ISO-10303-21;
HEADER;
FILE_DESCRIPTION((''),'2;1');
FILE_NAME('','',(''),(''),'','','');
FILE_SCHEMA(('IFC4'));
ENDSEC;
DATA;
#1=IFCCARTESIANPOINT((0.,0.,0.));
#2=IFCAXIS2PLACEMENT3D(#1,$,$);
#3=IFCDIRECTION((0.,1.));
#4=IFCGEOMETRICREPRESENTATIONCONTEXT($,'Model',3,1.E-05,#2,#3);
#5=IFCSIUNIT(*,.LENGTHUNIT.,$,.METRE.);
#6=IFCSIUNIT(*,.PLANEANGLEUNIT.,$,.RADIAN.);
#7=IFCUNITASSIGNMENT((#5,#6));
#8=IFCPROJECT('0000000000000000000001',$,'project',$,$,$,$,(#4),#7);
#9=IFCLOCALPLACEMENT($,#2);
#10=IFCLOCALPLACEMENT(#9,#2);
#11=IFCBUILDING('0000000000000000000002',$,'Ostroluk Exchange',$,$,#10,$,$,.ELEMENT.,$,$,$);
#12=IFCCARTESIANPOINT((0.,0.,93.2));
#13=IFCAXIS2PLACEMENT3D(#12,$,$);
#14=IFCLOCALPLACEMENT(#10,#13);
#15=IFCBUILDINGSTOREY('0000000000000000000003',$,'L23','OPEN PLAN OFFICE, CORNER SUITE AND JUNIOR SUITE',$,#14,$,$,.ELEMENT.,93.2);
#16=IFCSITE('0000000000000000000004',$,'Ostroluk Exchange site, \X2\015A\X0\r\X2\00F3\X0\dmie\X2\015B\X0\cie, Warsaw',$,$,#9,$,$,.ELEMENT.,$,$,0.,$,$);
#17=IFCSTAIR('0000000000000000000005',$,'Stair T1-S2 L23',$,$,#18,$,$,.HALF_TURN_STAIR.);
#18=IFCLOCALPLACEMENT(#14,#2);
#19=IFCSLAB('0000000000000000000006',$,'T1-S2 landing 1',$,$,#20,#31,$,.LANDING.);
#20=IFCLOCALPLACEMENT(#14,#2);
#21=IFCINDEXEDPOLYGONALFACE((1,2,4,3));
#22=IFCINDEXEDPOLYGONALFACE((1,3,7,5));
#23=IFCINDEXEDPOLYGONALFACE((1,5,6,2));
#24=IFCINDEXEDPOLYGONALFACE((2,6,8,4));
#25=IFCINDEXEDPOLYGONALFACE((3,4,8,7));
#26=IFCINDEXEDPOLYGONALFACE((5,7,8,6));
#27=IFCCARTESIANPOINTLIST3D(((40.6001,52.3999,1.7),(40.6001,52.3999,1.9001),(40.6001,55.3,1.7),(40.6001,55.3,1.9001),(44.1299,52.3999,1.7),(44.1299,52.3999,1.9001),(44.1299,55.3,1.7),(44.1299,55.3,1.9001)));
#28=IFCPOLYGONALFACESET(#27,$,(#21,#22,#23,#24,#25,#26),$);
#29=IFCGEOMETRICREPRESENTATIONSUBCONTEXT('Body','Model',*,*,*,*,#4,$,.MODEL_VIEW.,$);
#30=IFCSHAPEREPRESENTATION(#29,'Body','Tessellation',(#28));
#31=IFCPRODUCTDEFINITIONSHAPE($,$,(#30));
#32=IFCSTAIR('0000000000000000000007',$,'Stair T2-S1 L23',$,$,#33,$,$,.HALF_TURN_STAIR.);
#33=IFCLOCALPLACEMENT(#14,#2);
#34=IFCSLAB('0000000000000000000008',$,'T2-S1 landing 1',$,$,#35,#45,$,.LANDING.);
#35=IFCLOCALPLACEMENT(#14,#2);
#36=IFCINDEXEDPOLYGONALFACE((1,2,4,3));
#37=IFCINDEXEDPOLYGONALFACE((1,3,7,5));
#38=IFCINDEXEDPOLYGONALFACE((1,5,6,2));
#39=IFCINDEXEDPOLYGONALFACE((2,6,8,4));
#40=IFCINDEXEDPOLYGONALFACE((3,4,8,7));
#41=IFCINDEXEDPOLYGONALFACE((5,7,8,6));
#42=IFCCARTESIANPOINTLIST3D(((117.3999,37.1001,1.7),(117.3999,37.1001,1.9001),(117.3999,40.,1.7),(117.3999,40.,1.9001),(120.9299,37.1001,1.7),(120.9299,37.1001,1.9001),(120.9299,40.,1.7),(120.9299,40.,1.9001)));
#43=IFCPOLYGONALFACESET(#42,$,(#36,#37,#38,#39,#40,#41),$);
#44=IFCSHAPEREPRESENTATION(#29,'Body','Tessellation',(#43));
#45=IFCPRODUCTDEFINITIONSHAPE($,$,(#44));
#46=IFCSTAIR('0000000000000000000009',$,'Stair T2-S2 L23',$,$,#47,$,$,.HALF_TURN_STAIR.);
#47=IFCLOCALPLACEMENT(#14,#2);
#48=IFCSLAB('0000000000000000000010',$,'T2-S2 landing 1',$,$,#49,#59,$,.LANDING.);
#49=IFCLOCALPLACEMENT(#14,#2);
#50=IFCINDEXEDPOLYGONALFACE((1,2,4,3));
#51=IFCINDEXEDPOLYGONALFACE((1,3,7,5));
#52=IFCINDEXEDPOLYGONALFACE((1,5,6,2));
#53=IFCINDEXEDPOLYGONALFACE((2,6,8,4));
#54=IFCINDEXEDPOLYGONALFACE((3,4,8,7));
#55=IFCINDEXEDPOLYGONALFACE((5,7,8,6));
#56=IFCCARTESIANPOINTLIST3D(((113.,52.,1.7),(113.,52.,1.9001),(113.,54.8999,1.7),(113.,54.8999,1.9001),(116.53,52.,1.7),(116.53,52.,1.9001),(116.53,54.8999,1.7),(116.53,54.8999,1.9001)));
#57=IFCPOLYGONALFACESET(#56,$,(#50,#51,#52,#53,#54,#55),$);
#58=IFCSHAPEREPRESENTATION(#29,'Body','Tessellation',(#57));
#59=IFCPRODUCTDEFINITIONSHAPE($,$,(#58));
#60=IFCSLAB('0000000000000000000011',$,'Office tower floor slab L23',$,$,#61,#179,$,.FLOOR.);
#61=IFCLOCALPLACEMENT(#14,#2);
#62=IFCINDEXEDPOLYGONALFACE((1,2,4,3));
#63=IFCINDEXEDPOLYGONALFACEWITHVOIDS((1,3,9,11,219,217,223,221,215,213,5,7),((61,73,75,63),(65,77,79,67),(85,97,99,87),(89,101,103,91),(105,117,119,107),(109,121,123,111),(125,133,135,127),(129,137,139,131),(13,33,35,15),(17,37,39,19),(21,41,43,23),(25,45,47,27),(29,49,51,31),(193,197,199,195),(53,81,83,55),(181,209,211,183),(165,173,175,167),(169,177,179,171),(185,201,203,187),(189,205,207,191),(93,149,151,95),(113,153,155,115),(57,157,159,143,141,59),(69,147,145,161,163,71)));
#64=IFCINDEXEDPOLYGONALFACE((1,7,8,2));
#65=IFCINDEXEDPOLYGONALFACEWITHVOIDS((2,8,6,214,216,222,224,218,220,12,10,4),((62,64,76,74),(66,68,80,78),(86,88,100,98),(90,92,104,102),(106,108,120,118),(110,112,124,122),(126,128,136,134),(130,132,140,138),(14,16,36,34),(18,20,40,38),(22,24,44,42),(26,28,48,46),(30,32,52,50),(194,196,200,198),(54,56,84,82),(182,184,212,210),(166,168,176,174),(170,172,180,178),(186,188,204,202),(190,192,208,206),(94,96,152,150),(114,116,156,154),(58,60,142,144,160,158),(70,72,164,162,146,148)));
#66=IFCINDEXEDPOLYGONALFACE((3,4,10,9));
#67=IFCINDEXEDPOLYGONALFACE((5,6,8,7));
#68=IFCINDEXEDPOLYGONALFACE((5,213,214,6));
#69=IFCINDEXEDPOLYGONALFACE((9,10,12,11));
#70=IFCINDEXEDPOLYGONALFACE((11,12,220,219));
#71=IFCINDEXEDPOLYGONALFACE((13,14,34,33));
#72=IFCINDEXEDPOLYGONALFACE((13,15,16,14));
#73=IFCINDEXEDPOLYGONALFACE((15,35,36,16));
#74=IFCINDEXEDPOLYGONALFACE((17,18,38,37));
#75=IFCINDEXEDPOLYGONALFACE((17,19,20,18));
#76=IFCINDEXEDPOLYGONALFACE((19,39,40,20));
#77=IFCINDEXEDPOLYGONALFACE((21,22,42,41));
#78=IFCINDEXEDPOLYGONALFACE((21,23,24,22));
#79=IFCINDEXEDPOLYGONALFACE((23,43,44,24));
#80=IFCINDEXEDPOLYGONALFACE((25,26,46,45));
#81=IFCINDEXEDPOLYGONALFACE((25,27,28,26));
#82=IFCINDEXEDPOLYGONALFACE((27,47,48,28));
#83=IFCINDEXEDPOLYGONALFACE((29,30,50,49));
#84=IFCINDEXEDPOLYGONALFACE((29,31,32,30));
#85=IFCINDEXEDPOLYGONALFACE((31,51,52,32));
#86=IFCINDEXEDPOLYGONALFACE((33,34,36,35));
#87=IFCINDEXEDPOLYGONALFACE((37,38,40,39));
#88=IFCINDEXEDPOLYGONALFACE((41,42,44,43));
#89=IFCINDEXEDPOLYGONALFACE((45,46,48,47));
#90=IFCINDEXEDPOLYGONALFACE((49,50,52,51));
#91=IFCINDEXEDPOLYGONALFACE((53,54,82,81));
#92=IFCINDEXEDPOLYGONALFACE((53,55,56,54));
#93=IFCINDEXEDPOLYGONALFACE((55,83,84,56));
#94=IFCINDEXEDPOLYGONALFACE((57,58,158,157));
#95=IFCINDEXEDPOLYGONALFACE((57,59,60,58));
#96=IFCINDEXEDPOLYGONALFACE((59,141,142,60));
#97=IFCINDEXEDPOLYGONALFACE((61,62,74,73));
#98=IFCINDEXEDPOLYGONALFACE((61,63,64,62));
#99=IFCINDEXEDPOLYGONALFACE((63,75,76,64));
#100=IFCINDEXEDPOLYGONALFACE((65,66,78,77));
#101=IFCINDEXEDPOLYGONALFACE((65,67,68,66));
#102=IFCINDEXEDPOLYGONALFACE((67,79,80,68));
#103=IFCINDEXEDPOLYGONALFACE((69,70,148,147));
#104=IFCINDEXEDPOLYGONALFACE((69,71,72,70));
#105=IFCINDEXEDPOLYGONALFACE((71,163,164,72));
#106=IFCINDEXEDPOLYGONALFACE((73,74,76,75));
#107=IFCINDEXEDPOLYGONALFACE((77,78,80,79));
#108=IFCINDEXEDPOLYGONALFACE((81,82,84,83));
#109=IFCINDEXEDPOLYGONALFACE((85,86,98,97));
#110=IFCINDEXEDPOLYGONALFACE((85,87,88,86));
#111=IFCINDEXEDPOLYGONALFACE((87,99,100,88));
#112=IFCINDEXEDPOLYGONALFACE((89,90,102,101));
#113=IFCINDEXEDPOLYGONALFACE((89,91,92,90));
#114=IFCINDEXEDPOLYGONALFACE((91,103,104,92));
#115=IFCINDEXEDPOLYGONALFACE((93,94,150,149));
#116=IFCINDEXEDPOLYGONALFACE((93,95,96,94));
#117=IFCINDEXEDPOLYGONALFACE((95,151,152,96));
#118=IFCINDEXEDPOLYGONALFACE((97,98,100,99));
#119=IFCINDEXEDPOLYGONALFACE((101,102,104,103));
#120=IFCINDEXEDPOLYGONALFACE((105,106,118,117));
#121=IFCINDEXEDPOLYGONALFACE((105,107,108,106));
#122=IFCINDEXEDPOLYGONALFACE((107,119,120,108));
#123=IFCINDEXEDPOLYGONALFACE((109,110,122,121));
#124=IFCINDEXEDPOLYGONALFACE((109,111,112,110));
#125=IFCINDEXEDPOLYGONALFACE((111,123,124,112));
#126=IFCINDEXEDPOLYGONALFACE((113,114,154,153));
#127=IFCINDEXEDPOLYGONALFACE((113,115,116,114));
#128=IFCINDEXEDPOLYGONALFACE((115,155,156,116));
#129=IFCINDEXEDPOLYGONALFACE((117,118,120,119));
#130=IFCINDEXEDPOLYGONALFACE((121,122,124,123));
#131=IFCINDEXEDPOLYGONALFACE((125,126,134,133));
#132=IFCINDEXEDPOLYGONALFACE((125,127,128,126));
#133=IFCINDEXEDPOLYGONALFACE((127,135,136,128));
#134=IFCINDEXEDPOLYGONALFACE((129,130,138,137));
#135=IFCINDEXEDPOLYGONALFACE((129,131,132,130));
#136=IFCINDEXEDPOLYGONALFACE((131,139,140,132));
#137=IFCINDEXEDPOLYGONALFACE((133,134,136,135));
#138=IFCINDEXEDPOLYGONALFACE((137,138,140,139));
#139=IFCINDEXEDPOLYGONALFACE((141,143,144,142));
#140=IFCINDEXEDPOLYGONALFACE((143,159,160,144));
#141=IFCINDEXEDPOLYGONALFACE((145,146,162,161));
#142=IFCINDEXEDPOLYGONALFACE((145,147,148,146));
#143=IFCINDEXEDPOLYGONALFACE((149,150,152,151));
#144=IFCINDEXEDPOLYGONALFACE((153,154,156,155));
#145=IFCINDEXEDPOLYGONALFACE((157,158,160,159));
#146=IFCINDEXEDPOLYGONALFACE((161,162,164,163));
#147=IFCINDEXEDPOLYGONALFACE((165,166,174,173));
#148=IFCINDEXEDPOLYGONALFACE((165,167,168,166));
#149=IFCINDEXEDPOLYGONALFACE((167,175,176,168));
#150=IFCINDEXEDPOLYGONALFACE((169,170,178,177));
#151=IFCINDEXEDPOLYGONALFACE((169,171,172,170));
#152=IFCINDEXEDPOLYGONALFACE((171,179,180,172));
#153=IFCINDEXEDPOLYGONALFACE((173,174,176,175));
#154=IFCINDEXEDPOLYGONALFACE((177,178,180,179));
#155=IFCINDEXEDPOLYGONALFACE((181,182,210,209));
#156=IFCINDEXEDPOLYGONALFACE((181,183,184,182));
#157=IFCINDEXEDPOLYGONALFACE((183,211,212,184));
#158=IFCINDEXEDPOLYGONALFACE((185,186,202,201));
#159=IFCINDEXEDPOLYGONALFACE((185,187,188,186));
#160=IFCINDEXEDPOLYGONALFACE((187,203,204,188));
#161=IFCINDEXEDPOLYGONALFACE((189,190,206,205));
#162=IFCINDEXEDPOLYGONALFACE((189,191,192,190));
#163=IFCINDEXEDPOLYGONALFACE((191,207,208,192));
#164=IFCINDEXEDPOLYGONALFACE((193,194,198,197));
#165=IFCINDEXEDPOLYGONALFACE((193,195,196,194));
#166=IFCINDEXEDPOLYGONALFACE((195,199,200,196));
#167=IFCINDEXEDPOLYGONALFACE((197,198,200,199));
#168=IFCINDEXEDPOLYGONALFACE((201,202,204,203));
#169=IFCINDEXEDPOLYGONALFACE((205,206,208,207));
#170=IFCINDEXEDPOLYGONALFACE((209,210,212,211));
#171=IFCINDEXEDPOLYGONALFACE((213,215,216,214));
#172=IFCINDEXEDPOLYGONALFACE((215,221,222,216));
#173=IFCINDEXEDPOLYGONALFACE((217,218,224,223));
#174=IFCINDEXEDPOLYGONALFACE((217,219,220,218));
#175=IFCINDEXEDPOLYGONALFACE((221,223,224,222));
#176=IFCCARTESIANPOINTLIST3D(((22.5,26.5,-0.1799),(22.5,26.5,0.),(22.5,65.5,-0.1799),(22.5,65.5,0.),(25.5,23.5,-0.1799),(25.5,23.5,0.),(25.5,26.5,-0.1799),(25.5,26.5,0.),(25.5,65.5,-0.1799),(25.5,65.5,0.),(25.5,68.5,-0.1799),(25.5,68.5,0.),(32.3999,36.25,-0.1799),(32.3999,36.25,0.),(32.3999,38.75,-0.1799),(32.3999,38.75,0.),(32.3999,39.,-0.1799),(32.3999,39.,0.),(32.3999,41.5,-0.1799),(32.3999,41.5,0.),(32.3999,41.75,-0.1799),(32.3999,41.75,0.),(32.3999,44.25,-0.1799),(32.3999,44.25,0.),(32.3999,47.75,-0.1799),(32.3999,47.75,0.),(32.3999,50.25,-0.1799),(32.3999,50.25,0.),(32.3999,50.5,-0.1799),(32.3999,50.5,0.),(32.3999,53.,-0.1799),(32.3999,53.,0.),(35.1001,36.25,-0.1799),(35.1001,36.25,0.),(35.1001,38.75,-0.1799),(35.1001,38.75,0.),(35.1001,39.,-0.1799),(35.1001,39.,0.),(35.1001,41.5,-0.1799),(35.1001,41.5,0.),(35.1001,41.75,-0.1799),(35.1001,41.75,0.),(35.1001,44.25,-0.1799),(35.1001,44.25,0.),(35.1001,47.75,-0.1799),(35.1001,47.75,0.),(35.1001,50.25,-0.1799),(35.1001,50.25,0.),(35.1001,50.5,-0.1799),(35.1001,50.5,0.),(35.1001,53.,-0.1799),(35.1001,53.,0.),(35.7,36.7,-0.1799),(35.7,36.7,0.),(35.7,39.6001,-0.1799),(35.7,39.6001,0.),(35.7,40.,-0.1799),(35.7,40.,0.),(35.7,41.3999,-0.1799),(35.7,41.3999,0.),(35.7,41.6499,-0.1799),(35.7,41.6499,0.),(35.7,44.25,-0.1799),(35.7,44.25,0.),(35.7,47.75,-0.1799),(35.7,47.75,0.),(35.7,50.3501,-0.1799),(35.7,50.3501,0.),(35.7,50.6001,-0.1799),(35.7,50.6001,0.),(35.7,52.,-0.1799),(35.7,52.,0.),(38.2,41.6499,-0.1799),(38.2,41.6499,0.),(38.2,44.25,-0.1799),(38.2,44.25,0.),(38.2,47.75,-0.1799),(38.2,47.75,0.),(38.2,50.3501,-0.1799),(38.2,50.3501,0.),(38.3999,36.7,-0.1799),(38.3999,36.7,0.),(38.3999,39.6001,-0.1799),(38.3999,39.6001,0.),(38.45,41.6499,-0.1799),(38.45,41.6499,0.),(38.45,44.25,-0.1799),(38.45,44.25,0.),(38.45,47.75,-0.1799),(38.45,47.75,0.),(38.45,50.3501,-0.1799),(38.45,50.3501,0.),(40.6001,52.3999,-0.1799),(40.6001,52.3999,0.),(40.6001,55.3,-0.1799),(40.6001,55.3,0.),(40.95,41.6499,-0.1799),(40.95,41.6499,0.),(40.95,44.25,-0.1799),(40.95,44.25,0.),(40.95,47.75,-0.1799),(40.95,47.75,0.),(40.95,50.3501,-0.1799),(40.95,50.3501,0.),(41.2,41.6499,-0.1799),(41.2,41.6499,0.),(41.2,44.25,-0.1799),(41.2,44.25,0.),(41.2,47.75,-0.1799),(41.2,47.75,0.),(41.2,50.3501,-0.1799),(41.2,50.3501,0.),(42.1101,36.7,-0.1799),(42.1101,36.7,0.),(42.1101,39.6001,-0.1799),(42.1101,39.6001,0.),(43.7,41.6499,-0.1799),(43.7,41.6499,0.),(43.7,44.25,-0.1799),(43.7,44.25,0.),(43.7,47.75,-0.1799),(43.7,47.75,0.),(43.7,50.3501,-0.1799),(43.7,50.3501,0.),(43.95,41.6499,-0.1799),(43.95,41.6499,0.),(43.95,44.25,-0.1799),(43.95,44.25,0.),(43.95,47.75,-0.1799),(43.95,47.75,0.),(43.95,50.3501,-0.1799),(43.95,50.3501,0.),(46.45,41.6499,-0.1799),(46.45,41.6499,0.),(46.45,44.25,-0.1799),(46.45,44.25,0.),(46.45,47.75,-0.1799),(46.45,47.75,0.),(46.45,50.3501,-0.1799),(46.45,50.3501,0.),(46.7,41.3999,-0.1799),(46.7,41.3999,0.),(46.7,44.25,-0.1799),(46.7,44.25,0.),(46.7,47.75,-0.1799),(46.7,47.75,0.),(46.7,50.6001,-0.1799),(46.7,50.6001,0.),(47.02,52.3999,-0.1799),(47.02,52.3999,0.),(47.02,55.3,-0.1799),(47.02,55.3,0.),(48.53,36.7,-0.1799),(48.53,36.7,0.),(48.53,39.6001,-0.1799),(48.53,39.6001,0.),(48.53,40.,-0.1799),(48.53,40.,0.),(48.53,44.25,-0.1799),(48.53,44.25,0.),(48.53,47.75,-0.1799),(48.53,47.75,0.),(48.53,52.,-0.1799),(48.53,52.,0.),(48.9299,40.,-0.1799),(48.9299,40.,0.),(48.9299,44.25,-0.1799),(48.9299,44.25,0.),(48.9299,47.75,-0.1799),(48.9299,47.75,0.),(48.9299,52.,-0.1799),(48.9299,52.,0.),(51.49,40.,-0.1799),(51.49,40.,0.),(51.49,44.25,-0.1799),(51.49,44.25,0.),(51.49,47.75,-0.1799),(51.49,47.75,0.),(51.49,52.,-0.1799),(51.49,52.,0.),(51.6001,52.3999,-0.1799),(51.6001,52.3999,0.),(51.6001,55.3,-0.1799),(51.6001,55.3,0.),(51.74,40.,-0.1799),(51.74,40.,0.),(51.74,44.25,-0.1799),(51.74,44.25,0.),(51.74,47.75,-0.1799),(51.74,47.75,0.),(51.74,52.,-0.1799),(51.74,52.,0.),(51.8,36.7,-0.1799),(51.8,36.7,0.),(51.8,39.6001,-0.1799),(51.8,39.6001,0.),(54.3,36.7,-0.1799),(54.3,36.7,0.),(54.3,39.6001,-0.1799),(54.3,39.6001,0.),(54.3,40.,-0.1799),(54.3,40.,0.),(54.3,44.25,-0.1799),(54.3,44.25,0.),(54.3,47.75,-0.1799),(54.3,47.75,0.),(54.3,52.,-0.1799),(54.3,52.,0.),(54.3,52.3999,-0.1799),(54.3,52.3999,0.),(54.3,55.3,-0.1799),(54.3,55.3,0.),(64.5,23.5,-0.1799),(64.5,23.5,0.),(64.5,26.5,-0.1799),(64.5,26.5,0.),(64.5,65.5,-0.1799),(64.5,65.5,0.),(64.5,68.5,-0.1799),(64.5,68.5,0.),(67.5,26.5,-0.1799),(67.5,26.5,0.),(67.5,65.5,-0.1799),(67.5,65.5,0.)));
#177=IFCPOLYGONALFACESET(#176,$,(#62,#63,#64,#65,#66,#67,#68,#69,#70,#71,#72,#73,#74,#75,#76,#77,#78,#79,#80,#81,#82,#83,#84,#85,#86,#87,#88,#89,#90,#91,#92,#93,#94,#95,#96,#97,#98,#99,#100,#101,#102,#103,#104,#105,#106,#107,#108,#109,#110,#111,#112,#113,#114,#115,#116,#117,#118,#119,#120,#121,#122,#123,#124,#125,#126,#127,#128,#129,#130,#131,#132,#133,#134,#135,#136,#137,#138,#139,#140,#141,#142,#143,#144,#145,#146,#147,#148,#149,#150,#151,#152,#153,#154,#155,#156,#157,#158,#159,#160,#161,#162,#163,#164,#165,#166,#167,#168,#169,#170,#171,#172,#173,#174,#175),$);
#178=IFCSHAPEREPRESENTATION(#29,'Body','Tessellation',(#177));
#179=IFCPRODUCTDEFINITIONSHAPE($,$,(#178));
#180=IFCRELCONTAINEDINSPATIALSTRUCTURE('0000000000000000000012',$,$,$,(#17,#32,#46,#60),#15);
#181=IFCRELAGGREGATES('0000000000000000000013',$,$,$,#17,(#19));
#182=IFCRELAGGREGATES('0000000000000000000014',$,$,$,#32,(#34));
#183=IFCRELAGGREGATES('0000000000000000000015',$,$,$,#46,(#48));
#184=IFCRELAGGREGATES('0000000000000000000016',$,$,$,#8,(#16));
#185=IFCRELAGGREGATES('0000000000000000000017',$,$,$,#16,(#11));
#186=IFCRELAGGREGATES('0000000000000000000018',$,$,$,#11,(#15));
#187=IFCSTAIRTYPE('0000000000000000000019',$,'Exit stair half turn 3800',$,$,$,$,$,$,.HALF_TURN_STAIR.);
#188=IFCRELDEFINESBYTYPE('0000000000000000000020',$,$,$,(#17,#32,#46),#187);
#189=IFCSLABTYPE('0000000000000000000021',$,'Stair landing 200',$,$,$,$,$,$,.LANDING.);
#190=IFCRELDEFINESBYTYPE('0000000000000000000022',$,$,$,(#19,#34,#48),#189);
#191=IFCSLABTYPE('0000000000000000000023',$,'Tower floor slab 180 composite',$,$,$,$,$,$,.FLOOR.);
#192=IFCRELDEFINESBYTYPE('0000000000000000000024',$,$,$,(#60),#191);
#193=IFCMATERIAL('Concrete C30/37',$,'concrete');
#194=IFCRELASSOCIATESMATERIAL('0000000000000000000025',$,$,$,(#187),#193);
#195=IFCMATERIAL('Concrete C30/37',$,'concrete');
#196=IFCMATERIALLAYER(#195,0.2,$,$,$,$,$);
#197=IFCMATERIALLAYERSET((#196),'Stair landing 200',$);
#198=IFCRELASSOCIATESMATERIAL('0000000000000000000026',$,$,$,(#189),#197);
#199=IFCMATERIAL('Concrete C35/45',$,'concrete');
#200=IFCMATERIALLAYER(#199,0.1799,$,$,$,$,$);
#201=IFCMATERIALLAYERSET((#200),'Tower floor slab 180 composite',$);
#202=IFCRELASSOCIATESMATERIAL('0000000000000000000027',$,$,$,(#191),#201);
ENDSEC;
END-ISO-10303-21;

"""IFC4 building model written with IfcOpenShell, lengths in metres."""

from ifc_helpers import new_model, si_unit, direction, frame, origin, place, context, subcontext, project, spatial, polyline, outline, extrude, material, layer, layer_set, type_object, element, aggregate, save


model = new_model("IFC4")

# Units and contexts
model_context = context("Model", 3, precision=1e-05, world=origin(), true_north=direction((0.0, 1.0)))
body_context = subcontext(model_context, "Body", "Model", "MODEL_VIEW")
ifc_project = project(units=[si_unit("LENGTHUNIT", "METRE"), si_unit("PLANEANGLEUNIT", "RADIAN")], contexts=[model_context])

# Site, building, storey
site_placement = place(None, origin())
site = spatial("IfcSite", under=ifc_project, at=site_placement, Name="Ostroluk Exchange site, Śródmieście, Warsaw", CompositionType="ELEMENT", RefElevation=0.0)
building_placement = place(site_placement, origin())
building = spatial("IfcBuilding", under=site, at=building_placement, Name="Ostroluk Exchange", CompositionType="ELEMENT")
storey_placement = place(building_placement, frame((0.0, 0.0, 93.2)))
storey = spatial("IfcBuildingStorey", under=building, at=storey_placement, Name="L23", Description="OPEN PLAN OFFICE, CORNER SUITE AND JUNIOR SUITE", CompositionType="ELEMENT", Elevation=93.2)

# Stairs, slabs
ifc_material_1 = material(Name="Concrete C30/37", Category="concrete")
stair_type = type_object("IfcStairType", Name="Exit stair half turn 3800", PredefinedType="HALF_TURN_STAIR", material=ifc_material_1)
ifc_material_2 = material(Name="Concrete C30/37", Category="concrete")
ifc_layer_1 = layer(ifc_material_2, 0.2)
ifc_layer_set_1 = layer_set([ifc_layer_1], Name="Stair landing 200")
slab_type_1 = type_object("IfcSlabType", Name="Stair landing 200", PredefinedType="LANDING", material=ifc_layer_set_1)
stair_1_placement = place(storey_placement, origin())
stair_1 = element("IfcStair", 1, at=stair_1_placement, inside=storey, type_object=stair_type, Name="Stair T1-S2 L23", PredefinedType="HALF_TURN_STAIR")
slab_1_placement = place(storey_placement, frame((0.0, 0.0, 1.7)))
slab_1 = element("IfcSlab", 2, at=slab_1_placement, type_object=slab_type_1, Name="T1-S2 landing 1", PredefinedType="LANDING", context=body_context, shape_type="SweptSolid", body=[
    extrude(outline(polyline([(44.1299, 52.3999), (44.1299, 55.3), (40.6001, 55.3), (40.6001, 52.3999), (44.1299, 52.3999)])), origin(), (0.0, 0.0, 1.0), 0.2002),
])
aggregate(stair_1, [slab_1])
stair_2_placement = place(storey_placement, origin())
stair_2 = element("IfcStair", 3, at=stair_2_placement, inside=storey, type_object=stair_type, Name="Stair T2-S1 L23", PredefinedType="HALF_TURN_STAIR")
slab_2_placement = place(storey_placement, frame((0.0, 0.0, 1.7)))
slab_2 = element("IfcSlab", 4, at=slab_2_placement, type_object=slab_type_1, Name="T2-S1 landing 1", PredefinedType="LANDING", context=body_context, shape_type="SweptSolid", body=[
    extrude(outline(polyline([(117.3999, 37.1001), (117.3999, 40.0), (120.9299, 40.0), (120.9299, 37.1001), (117.3999, 37.1001)])), origin(), (0.0, 0.0, 1.0), 0.2002),
])
aggregate(stair_2, [slab_2])
stair_3_placement = place(storey_placement, origin())
stair_3 = element("IfcStair", 5, at=stair_3_placement, inside=storey, type_object=stair_type, Name="Stair T2-S2 L23", PredefinedType="HALF_TURN_STAIR")
slab_3_placement = place(storey_placement, frame((0.0, 0.0, 1.7)))
slab_3 = element("IfcSlab", 6, at=slab_3_placement, type_object=slab_type_1, Name="T2-S2 landing 1", PredefinedType="LANDING", context=body_context, shape_type="SweptSolid", body=[
    extrude(outline(polyline([(116.53, 52.0), (116.53, 54.8999), (113.0, 54.8999), (113.0, 52.0), (116.53, 52.0)])), origin(), (0.0, 0.0, 1.0), 0.2002),
])
aggregate(stair_3, [slab_3])

# Slab
ifc_material_3 = material(Name="Concrete C35/45", Category="concrete")
ifc_layer_2 = layer(ifc_material_3, 0.1799)
ifc_layer_set_2 = layer_set([ifc_layer_2], Name="Tower floor slab 180 composite")
slab_type_2 = type_object("IfcSlabType", Name="Tower floor slab 180 composite", PredefinedType="FLOOR", material=ifc_layer_set_2)
slab_4_placement = place(storey_placement, frame((0.0, 0.0, -0.1799)))
element("IfcSlab", 7, at=slab_4_placement, inside=storey, type_object=slab_type_2, Name="Office tower floor slab L23", PredefinedType="FLOOR", context=body_context, shape_type="SweptSolid", body=[
    extrude(outline(polyline([(25.5, 23.5), (64.5, 23.5), (64.5, 26.5), (67.5, 26.5), (67.5, 65.5), (64.5, 65.5), (64.5, 68.5), (25.5, 68.5), (25.5, 65.5), (22.5, 65.5), (22.5, 26.5), (25.5, 26.5), (25.5, 23.5)]), holes=[polyline([(35.7, 36.7), (38.3999, 36.7), (38.3999, 39.6001), (35.7, 39.6001), (35.7, 36.7)]), polyline([(42.1101, 36.7), (48.53, 36.7), (48.53, 39.6001), (42.1101, 39.6001), (42.1101, 36.7)]), polyline([(51.8, 36.7), (54.3, 36.7), (54.3, 39.6001), (51.8, 39.6001), (51.8, 36.7)]), polyline([(40.6001, 52.3999), (47.02, 52.3999), (47.02, 55.3), (40.6001, 55.3), (40.6001, 52.3999)]), polyline([(51.6001, 52.3999), (54.3, 52.3999), (54.3, 55.3), (51.6001, 55.3), (51.6001, 52.3999)]), polyline([(35.7, 47.75), (38.2, 47.75), (38.2, 50.3501), (35.7, 50.3501), (35.7, 47.75)]), polyline([(38.45, 47.75), (40.95, 47.75), (40.95, 50.3501), (38.45, 50.3501), (38.45, 47.75)]), polyline([(41.2, 47.75), (43.7, 47.75), (43.7, 50.3501), (41.2, 50.3501), (41.2, 47.75)]), polyline([(43.95, 47.75), (46.45, 47.75), (46.45, 50.3501), (43.95, 50.3501), (43.95, 47.75)]), polyline([(35.7, 41.6499), (38.2, 41.6499), (38.2, 44.25), (35.7, 44.25), (35.7, 41.6499)]), polyline([(38.45, 41.6499), (40.95, 41.6499), (40.95, 44.25), (38.45, 44.25), (38.45, 41.6499)]), polyline([(41.2, 41.6499), (43.7, 41.6499), (43.7, 44.25), (41.2, 44.25), (41.2, 41.6499)]), polyline([(43.95, 41.6499), (46.45, 41.6499), (46.45, 44.25), (43.95, 44.25), (43.95, 41.6499)]), polyline([(48.9299, 47.75), (51.49, 47.75), (51.49, 52.0), (48.9299, 52.0), (48.9299, 47.75)]), polyline([(51.74, 47.75), (54.3, 47.75), (54.3, 52.0), (51.74, 52.0), (51.74, 47.75)]), polyline([(48.9299, 40.0), (51.49, 40.0), (51.49, 44.25), (48.9299, 44.25), (48.9299, 40.0)]), polyline([(51.74, 40.0), (54.3, 40.0), (54.3, 44.25), (51.74, 44.25), (51.74, 40.0)]), polyline([(48.53, 52.0), (48.53, 47.75), (46.7, 47.75), (46.7, 50.6001), (35.7, 50.6001), (35.7, 52.0), (48.53, 52.0)]), polyline([(35.7, 40.0), (35.7, 41.3999), (46.7, 41.3999), (46.7, 44.25), (48.53, 44.25), (48.53, 40.0), (35.7, 40.0)]), polyline([(32.3999, 36.25), (35.1001, 36.25), (35.1001, 38.75), (32.3999, 38.75), (32.3999, 36.25)]), polyline([(32.3999, 39.0), (35.1001, 39.0), (35.1001, 41.5), (32.3999, 41.5), (32.3999, 39.0)]), polyline([(32.3999, 41.75), (35.1001, 41.75), (35.1001, 44.25), (32.3999, 44.25), (32.3999, 41.75)]), polyline([(32.3999, 47.75), (35.1001, 47.75), (35.1001, 50.25), (32.3999, 50.25), (32.3999, 47.75)]), polyline([(32.3999, 50.5), (35.1001, 50.5), (35.1001, 53.0), (32.3999, 53.0), (32.3999, 50.5)])]), origin(), (0.0, 0.0, 1.0), 0.1799),
])

save(model, "model.ifc")
